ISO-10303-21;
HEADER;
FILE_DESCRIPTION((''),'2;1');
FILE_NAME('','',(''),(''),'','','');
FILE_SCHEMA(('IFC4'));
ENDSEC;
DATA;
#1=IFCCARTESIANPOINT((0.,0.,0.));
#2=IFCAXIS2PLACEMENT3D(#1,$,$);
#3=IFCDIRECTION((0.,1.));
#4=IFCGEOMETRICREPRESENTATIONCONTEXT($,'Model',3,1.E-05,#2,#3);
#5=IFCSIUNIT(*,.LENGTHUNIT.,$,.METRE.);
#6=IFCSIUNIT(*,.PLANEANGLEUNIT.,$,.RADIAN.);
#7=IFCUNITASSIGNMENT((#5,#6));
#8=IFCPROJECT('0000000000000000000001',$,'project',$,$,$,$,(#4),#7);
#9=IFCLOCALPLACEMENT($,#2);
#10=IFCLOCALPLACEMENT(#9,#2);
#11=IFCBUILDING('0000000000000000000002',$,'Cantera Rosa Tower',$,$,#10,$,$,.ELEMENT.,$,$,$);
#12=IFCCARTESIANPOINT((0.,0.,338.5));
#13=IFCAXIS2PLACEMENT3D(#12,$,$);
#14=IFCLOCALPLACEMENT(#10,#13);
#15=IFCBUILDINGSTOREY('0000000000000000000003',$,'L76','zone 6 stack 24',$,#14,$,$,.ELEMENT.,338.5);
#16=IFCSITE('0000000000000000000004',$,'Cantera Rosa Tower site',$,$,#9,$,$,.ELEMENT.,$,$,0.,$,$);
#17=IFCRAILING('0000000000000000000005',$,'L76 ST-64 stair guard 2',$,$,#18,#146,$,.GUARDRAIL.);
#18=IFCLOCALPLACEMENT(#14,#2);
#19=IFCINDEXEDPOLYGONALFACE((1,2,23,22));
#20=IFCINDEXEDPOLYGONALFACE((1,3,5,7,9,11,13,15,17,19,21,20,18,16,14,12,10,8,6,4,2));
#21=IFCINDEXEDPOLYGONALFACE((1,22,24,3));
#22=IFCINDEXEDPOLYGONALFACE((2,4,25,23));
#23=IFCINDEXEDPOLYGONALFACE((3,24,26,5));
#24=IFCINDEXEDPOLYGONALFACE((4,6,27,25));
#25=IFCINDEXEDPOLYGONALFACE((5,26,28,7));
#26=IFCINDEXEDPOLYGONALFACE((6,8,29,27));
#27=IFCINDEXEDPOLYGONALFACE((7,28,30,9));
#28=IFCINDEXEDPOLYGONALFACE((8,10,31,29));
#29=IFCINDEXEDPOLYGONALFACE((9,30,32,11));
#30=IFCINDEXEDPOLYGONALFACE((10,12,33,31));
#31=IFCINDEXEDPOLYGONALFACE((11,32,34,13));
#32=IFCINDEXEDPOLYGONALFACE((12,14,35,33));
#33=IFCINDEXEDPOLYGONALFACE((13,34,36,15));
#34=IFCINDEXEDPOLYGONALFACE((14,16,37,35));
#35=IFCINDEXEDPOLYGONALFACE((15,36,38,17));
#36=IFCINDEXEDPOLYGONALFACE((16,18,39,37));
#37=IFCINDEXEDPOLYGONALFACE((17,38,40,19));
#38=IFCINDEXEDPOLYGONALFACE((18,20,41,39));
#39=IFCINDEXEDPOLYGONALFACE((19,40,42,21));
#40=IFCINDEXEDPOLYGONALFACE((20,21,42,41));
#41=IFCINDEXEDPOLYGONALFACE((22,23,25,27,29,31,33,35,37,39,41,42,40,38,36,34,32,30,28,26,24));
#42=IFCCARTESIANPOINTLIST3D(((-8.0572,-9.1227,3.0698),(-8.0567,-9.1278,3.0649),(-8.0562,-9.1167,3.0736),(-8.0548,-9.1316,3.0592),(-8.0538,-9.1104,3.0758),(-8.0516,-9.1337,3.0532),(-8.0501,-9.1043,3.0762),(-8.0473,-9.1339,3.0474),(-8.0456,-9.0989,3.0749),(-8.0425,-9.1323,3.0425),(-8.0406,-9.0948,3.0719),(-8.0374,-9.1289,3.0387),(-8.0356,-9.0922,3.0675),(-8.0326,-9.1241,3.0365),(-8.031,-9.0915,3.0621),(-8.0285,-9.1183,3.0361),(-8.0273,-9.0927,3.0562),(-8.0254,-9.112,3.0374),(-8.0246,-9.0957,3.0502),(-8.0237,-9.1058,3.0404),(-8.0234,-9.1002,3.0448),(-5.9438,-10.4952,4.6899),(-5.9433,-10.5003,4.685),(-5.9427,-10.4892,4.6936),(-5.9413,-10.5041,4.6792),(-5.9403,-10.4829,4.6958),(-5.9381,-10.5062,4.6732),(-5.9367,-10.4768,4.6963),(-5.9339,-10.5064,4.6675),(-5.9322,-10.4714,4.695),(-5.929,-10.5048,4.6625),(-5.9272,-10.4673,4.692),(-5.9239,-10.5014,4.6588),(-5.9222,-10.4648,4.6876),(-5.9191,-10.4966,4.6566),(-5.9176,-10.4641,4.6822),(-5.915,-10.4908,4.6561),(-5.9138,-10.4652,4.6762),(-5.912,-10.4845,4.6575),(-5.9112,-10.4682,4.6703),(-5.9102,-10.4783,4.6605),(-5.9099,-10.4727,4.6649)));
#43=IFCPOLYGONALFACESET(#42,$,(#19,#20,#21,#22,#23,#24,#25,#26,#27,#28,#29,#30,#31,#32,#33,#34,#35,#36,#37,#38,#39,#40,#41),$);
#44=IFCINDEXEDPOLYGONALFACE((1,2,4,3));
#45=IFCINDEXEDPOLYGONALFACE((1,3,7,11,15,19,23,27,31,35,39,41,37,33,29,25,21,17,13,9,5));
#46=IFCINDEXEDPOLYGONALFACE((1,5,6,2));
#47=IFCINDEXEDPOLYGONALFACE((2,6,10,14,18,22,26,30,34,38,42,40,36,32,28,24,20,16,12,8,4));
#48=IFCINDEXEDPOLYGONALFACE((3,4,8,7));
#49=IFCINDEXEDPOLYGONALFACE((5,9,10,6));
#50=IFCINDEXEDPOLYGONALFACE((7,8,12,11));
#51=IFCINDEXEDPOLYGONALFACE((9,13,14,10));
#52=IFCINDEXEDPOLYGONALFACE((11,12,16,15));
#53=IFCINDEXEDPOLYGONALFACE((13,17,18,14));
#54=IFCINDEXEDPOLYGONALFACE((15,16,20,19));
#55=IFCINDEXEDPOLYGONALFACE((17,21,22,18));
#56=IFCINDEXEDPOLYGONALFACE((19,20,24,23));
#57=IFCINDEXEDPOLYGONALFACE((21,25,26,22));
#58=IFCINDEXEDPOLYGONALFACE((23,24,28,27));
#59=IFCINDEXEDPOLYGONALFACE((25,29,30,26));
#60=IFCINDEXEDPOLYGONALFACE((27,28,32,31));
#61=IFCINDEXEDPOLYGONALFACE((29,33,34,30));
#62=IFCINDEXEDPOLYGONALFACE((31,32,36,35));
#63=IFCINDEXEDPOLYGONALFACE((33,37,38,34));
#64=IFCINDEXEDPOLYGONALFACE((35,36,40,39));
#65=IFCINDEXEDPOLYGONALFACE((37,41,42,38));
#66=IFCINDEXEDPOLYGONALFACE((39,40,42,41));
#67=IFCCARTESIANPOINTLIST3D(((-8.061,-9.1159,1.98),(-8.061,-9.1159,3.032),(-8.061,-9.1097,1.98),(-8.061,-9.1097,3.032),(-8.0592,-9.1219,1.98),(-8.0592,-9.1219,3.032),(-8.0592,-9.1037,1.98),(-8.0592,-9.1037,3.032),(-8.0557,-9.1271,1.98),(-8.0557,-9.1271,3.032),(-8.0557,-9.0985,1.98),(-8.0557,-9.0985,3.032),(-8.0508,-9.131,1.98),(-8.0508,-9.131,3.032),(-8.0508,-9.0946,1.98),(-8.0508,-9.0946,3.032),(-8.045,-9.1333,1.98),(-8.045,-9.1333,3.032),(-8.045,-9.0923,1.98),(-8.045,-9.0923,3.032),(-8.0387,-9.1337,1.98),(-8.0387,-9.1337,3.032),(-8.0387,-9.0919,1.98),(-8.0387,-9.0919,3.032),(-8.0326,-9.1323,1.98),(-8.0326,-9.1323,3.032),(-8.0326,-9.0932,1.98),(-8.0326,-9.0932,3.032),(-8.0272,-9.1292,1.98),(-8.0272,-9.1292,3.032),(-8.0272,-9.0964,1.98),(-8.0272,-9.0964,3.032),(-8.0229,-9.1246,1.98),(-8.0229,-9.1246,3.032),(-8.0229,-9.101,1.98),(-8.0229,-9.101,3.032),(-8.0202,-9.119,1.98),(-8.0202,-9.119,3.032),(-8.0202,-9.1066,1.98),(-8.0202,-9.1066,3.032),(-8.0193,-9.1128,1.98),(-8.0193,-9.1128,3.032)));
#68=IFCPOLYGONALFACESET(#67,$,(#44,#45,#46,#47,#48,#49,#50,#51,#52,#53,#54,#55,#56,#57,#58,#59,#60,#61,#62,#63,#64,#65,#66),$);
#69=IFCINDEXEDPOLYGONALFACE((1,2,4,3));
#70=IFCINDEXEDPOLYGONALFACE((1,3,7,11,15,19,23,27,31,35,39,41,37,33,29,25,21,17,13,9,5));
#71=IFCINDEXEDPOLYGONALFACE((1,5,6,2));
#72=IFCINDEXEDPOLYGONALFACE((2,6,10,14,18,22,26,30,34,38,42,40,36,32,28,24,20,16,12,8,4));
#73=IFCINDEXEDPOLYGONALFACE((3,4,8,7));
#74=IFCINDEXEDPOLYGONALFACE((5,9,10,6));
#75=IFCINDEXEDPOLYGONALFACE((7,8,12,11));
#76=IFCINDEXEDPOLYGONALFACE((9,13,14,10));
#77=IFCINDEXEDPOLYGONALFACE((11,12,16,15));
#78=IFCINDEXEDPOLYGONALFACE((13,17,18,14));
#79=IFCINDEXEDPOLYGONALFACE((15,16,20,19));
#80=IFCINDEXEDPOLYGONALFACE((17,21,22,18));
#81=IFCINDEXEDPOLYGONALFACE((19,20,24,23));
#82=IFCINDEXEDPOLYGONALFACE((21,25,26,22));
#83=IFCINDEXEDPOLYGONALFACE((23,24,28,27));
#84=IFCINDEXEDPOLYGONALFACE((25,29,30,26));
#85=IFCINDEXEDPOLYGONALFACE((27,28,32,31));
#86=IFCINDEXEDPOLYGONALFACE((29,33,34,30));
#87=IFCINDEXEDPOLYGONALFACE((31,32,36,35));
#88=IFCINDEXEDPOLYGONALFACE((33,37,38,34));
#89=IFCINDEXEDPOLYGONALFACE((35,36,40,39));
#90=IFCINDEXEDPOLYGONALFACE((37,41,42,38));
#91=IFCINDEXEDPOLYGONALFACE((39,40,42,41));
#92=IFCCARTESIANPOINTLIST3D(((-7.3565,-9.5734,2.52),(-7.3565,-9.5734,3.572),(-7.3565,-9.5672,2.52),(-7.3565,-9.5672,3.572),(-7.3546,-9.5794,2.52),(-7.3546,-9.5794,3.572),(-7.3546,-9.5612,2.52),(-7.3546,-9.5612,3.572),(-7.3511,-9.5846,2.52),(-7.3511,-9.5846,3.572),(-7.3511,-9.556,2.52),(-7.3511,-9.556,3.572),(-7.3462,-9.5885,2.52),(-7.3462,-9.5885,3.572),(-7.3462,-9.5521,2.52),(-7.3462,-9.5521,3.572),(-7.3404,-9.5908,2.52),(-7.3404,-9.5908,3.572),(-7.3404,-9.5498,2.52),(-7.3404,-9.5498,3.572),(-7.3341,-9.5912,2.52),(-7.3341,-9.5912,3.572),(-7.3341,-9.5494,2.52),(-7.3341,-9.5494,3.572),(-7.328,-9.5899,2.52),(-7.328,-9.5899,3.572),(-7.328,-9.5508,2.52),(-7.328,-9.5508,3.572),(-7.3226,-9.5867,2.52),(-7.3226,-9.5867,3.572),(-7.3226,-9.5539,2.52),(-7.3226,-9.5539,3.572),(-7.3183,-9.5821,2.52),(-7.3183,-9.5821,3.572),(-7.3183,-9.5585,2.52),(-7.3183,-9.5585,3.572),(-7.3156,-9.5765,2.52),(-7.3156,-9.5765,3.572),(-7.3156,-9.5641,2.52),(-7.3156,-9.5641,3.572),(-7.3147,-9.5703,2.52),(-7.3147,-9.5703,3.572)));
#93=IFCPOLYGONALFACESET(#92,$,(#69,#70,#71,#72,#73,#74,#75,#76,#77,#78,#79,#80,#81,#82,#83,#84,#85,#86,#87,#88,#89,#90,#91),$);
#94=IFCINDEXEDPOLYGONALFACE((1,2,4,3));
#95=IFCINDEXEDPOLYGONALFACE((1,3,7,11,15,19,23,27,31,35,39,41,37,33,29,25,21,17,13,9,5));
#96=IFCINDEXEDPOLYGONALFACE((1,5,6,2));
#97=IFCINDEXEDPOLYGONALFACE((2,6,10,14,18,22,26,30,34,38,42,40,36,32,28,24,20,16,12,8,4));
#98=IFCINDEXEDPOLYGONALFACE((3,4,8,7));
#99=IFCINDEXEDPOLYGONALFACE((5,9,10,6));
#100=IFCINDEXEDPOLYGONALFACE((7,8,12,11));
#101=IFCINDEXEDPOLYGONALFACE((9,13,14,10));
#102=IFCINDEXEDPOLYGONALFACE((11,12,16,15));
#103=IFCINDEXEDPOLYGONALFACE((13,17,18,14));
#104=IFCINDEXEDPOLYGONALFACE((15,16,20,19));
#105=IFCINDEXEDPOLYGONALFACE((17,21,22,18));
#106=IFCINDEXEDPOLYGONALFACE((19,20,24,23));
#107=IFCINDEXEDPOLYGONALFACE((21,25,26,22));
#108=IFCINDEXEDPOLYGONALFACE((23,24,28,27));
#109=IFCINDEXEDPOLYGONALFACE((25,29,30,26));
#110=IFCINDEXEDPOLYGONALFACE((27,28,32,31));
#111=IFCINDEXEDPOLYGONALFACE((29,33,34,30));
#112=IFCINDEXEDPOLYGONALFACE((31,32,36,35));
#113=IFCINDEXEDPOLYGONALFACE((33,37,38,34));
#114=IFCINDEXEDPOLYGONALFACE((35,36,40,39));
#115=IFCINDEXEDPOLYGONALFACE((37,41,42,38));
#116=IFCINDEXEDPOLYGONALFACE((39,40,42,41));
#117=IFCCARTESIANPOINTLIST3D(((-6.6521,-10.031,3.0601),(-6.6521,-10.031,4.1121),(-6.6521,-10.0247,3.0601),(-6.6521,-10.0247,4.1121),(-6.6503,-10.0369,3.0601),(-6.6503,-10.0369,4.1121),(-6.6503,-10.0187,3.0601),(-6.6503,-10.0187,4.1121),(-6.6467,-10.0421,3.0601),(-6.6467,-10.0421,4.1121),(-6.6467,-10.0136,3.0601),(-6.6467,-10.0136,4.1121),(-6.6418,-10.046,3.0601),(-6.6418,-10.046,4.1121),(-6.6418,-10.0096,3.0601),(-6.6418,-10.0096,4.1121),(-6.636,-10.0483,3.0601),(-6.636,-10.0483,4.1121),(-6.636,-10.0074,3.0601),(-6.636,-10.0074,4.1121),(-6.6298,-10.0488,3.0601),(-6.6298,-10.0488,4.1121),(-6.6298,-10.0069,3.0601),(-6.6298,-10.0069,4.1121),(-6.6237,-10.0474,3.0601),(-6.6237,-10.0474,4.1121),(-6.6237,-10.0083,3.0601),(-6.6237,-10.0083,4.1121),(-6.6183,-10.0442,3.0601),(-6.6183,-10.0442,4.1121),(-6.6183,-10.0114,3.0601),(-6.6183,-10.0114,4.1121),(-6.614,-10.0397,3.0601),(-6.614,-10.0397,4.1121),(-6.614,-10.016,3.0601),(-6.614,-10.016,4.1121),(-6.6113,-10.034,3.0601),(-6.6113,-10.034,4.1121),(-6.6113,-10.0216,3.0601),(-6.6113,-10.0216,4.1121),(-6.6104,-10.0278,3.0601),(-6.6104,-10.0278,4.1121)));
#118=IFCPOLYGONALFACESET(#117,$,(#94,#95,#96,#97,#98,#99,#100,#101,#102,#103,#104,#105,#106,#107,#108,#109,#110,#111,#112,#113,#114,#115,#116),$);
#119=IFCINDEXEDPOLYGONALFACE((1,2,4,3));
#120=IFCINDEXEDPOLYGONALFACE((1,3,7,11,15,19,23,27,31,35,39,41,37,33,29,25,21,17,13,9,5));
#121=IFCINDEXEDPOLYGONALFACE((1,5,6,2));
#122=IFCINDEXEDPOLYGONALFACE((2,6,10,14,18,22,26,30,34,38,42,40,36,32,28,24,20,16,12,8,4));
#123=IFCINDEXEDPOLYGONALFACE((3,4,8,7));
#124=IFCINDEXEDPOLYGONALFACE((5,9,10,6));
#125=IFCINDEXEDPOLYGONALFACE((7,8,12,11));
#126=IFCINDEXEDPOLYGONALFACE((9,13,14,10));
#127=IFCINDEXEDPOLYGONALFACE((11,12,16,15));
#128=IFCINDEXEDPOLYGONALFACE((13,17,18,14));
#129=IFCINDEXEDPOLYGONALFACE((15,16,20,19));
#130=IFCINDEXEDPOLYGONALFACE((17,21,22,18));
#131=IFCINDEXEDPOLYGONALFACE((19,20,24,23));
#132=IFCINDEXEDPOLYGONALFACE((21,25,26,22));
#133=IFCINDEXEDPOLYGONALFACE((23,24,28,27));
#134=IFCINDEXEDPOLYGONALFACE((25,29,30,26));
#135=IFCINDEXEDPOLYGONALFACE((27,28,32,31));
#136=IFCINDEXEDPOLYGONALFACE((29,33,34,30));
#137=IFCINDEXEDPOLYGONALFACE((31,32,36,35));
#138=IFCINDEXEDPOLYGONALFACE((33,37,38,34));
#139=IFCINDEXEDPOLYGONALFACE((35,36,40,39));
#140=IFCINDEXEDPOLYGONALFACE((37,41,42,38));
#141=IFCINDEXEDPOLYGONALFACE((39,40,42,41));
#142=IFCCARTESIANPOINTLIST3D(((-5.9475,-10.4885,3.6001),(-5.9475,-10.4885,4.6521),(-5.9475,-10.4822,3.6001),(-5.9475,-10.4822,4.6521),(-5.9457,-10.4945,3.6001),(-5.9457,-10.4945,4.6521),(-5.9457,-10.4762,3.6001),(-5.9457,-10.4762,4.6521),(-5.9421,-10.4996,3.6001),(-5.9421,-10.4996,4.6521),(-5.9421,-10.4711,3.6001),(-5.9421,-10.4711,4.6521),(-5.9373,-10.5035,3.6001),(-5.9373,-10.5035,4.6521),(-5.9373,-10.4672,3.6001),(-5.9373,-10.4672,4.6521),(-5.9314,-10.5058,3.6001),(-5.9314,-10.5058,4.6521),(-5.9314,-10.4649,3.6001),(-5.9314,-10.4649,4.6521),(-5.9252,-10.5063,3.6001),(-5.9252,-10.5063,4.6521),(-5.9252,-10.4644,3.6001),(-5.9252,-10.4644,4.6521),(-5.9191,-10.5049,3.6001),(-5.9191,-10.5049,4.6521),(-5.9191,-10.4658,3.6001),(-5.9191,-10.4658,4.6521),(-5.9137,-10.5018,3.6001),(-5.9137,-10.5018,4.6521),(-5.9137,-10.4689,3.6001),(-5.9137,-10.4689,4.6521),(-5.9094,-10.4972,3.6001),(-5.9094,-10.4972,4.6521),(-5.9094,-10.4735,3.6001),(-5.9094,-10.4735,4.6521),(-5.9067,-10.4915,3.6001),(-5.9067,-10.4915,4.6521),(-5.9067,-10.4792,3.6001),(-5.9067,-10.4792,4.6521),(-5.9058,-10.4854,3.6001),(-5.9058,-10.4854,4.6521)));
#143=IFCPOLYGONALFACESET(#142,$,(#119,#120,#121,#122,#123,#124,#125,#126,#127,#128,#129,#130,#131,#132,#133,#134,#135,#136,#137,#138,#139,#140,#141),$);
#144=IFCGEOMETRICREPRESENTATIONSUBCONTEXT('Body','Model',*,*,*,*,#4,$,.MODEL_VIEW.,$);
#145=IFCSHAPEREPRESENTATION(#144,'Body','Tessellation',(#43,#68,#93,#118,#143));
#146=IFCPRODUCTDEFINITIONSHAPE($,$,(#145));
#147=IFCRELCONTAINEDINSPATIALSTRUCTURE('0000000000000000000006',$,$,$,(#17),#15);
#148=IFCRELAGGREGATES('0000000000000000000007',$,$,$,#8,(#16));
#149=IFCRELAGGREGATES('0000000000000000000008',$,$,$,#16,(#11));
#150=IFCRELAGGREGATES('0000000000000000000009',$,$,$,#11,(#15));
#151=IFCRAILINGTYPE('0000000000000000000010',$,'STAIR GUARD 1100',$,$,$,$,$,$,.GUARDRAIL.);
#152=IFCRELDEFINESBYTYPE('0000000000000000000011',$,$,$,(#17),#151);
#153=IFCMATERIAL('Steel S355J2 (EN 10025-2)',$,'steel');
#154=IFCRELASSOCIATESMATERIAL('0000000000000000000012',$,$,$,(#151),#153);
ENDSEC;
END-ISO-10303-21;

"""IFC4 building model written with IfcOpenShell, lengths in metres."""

from ifc_helpers import new_model, si_unit, direction, frame, origin, origin_2d, place, context, subcontext, project, spatial, circle, extrude, material, type_object, element, save


model = new_model("IFC4")

# Units and contexts
model_context = context("Model", 3, precision=1e-05, world=origin(), true_north=direction((0.0, 1.0)))
body_context = subcontext(model_context, "Body", "Model", "MODEL_VIEW")
ifc_project = project(units=[si_unit("LENGTHUNIT", "METRE"), si_unit("PLANEANGLEUNIT", "RADIAN")], contexts=[model_context])

# Site, building, storey
site_placement = place(None, origin())
site = spatial("IfcSite", under=ifc_project, at=site_placement, Name="Cantera Rosa Tower site", CompositionType="ELEMENT", RefElevation=0.0)
building_placement = place(site_placement, origin())
building = spatial("IfcBuilding", under=site, at=building_placement, Name="Cantera Rosa Tower", CompositionType="ELEMENT")
storey_placement = place(building_placement, frame((0.0, 0.0, 338.5)))
storey = spatial("IfcBuildingStorey", under=building, at=storey_placement, Name="L76", Description="zone 6 stack 24", CompositionType="ELEMENT", Elevation=338.5)

# Railing
ifc_material_1 = material(Name="Steel S355J2 (EN 10025-2)", Category="steel")
railing_type_1 = type_object("IfcRailingType", Name="STAIR GUARD 1100", PredefinedType="GUARDRAIL", material=ifc_material_1)
railing_1_placement = place(storey_placement, frame((-8.0403, -9.1128, 1.98)))
element("IfcRailing", 1, at=railing_1_placement, inside=storey, type_object=railing_type_1, Name="L76 ST-64 stair guard 2", PredefinedType="GUARDRAIL", context=body_context, shape_type="SweptSolid", body=[
    extrude(circle(Radius=0.0239, at=origin_2d()), frame((0.0, 0.0, 1.0762), z_axis=(0.705462, -0.458139, 0.54077), x_axis=(0.544644, 0.838667, 0.0)), (0.0, 0.0, 1.0), 2.9958),
    extrude(circle(Radius=0.021, at=origin_2d()), origin(), (0.0, 0.0, 1.0), 1.052),
    extrude(circle(Radius=0.021, at=origin_2d()), frame((0.7046, -0.4575, 0.54)), (0.0, 0.0, 1.0), 1.052),
    extrude(circle(Radius=0.021, at=origin_2d()), frame((1.4089, -0.915, 1.0801)), (0.0, 0.0, 1.0), 1.052),
    extrude(circle(Radius=0.021, at=origin_2d()), frame((2.1135, -1.3726, 1.6201)), (0.0, 0.0, 1.0), 1.052),
])

save(model, "model.ifc")
